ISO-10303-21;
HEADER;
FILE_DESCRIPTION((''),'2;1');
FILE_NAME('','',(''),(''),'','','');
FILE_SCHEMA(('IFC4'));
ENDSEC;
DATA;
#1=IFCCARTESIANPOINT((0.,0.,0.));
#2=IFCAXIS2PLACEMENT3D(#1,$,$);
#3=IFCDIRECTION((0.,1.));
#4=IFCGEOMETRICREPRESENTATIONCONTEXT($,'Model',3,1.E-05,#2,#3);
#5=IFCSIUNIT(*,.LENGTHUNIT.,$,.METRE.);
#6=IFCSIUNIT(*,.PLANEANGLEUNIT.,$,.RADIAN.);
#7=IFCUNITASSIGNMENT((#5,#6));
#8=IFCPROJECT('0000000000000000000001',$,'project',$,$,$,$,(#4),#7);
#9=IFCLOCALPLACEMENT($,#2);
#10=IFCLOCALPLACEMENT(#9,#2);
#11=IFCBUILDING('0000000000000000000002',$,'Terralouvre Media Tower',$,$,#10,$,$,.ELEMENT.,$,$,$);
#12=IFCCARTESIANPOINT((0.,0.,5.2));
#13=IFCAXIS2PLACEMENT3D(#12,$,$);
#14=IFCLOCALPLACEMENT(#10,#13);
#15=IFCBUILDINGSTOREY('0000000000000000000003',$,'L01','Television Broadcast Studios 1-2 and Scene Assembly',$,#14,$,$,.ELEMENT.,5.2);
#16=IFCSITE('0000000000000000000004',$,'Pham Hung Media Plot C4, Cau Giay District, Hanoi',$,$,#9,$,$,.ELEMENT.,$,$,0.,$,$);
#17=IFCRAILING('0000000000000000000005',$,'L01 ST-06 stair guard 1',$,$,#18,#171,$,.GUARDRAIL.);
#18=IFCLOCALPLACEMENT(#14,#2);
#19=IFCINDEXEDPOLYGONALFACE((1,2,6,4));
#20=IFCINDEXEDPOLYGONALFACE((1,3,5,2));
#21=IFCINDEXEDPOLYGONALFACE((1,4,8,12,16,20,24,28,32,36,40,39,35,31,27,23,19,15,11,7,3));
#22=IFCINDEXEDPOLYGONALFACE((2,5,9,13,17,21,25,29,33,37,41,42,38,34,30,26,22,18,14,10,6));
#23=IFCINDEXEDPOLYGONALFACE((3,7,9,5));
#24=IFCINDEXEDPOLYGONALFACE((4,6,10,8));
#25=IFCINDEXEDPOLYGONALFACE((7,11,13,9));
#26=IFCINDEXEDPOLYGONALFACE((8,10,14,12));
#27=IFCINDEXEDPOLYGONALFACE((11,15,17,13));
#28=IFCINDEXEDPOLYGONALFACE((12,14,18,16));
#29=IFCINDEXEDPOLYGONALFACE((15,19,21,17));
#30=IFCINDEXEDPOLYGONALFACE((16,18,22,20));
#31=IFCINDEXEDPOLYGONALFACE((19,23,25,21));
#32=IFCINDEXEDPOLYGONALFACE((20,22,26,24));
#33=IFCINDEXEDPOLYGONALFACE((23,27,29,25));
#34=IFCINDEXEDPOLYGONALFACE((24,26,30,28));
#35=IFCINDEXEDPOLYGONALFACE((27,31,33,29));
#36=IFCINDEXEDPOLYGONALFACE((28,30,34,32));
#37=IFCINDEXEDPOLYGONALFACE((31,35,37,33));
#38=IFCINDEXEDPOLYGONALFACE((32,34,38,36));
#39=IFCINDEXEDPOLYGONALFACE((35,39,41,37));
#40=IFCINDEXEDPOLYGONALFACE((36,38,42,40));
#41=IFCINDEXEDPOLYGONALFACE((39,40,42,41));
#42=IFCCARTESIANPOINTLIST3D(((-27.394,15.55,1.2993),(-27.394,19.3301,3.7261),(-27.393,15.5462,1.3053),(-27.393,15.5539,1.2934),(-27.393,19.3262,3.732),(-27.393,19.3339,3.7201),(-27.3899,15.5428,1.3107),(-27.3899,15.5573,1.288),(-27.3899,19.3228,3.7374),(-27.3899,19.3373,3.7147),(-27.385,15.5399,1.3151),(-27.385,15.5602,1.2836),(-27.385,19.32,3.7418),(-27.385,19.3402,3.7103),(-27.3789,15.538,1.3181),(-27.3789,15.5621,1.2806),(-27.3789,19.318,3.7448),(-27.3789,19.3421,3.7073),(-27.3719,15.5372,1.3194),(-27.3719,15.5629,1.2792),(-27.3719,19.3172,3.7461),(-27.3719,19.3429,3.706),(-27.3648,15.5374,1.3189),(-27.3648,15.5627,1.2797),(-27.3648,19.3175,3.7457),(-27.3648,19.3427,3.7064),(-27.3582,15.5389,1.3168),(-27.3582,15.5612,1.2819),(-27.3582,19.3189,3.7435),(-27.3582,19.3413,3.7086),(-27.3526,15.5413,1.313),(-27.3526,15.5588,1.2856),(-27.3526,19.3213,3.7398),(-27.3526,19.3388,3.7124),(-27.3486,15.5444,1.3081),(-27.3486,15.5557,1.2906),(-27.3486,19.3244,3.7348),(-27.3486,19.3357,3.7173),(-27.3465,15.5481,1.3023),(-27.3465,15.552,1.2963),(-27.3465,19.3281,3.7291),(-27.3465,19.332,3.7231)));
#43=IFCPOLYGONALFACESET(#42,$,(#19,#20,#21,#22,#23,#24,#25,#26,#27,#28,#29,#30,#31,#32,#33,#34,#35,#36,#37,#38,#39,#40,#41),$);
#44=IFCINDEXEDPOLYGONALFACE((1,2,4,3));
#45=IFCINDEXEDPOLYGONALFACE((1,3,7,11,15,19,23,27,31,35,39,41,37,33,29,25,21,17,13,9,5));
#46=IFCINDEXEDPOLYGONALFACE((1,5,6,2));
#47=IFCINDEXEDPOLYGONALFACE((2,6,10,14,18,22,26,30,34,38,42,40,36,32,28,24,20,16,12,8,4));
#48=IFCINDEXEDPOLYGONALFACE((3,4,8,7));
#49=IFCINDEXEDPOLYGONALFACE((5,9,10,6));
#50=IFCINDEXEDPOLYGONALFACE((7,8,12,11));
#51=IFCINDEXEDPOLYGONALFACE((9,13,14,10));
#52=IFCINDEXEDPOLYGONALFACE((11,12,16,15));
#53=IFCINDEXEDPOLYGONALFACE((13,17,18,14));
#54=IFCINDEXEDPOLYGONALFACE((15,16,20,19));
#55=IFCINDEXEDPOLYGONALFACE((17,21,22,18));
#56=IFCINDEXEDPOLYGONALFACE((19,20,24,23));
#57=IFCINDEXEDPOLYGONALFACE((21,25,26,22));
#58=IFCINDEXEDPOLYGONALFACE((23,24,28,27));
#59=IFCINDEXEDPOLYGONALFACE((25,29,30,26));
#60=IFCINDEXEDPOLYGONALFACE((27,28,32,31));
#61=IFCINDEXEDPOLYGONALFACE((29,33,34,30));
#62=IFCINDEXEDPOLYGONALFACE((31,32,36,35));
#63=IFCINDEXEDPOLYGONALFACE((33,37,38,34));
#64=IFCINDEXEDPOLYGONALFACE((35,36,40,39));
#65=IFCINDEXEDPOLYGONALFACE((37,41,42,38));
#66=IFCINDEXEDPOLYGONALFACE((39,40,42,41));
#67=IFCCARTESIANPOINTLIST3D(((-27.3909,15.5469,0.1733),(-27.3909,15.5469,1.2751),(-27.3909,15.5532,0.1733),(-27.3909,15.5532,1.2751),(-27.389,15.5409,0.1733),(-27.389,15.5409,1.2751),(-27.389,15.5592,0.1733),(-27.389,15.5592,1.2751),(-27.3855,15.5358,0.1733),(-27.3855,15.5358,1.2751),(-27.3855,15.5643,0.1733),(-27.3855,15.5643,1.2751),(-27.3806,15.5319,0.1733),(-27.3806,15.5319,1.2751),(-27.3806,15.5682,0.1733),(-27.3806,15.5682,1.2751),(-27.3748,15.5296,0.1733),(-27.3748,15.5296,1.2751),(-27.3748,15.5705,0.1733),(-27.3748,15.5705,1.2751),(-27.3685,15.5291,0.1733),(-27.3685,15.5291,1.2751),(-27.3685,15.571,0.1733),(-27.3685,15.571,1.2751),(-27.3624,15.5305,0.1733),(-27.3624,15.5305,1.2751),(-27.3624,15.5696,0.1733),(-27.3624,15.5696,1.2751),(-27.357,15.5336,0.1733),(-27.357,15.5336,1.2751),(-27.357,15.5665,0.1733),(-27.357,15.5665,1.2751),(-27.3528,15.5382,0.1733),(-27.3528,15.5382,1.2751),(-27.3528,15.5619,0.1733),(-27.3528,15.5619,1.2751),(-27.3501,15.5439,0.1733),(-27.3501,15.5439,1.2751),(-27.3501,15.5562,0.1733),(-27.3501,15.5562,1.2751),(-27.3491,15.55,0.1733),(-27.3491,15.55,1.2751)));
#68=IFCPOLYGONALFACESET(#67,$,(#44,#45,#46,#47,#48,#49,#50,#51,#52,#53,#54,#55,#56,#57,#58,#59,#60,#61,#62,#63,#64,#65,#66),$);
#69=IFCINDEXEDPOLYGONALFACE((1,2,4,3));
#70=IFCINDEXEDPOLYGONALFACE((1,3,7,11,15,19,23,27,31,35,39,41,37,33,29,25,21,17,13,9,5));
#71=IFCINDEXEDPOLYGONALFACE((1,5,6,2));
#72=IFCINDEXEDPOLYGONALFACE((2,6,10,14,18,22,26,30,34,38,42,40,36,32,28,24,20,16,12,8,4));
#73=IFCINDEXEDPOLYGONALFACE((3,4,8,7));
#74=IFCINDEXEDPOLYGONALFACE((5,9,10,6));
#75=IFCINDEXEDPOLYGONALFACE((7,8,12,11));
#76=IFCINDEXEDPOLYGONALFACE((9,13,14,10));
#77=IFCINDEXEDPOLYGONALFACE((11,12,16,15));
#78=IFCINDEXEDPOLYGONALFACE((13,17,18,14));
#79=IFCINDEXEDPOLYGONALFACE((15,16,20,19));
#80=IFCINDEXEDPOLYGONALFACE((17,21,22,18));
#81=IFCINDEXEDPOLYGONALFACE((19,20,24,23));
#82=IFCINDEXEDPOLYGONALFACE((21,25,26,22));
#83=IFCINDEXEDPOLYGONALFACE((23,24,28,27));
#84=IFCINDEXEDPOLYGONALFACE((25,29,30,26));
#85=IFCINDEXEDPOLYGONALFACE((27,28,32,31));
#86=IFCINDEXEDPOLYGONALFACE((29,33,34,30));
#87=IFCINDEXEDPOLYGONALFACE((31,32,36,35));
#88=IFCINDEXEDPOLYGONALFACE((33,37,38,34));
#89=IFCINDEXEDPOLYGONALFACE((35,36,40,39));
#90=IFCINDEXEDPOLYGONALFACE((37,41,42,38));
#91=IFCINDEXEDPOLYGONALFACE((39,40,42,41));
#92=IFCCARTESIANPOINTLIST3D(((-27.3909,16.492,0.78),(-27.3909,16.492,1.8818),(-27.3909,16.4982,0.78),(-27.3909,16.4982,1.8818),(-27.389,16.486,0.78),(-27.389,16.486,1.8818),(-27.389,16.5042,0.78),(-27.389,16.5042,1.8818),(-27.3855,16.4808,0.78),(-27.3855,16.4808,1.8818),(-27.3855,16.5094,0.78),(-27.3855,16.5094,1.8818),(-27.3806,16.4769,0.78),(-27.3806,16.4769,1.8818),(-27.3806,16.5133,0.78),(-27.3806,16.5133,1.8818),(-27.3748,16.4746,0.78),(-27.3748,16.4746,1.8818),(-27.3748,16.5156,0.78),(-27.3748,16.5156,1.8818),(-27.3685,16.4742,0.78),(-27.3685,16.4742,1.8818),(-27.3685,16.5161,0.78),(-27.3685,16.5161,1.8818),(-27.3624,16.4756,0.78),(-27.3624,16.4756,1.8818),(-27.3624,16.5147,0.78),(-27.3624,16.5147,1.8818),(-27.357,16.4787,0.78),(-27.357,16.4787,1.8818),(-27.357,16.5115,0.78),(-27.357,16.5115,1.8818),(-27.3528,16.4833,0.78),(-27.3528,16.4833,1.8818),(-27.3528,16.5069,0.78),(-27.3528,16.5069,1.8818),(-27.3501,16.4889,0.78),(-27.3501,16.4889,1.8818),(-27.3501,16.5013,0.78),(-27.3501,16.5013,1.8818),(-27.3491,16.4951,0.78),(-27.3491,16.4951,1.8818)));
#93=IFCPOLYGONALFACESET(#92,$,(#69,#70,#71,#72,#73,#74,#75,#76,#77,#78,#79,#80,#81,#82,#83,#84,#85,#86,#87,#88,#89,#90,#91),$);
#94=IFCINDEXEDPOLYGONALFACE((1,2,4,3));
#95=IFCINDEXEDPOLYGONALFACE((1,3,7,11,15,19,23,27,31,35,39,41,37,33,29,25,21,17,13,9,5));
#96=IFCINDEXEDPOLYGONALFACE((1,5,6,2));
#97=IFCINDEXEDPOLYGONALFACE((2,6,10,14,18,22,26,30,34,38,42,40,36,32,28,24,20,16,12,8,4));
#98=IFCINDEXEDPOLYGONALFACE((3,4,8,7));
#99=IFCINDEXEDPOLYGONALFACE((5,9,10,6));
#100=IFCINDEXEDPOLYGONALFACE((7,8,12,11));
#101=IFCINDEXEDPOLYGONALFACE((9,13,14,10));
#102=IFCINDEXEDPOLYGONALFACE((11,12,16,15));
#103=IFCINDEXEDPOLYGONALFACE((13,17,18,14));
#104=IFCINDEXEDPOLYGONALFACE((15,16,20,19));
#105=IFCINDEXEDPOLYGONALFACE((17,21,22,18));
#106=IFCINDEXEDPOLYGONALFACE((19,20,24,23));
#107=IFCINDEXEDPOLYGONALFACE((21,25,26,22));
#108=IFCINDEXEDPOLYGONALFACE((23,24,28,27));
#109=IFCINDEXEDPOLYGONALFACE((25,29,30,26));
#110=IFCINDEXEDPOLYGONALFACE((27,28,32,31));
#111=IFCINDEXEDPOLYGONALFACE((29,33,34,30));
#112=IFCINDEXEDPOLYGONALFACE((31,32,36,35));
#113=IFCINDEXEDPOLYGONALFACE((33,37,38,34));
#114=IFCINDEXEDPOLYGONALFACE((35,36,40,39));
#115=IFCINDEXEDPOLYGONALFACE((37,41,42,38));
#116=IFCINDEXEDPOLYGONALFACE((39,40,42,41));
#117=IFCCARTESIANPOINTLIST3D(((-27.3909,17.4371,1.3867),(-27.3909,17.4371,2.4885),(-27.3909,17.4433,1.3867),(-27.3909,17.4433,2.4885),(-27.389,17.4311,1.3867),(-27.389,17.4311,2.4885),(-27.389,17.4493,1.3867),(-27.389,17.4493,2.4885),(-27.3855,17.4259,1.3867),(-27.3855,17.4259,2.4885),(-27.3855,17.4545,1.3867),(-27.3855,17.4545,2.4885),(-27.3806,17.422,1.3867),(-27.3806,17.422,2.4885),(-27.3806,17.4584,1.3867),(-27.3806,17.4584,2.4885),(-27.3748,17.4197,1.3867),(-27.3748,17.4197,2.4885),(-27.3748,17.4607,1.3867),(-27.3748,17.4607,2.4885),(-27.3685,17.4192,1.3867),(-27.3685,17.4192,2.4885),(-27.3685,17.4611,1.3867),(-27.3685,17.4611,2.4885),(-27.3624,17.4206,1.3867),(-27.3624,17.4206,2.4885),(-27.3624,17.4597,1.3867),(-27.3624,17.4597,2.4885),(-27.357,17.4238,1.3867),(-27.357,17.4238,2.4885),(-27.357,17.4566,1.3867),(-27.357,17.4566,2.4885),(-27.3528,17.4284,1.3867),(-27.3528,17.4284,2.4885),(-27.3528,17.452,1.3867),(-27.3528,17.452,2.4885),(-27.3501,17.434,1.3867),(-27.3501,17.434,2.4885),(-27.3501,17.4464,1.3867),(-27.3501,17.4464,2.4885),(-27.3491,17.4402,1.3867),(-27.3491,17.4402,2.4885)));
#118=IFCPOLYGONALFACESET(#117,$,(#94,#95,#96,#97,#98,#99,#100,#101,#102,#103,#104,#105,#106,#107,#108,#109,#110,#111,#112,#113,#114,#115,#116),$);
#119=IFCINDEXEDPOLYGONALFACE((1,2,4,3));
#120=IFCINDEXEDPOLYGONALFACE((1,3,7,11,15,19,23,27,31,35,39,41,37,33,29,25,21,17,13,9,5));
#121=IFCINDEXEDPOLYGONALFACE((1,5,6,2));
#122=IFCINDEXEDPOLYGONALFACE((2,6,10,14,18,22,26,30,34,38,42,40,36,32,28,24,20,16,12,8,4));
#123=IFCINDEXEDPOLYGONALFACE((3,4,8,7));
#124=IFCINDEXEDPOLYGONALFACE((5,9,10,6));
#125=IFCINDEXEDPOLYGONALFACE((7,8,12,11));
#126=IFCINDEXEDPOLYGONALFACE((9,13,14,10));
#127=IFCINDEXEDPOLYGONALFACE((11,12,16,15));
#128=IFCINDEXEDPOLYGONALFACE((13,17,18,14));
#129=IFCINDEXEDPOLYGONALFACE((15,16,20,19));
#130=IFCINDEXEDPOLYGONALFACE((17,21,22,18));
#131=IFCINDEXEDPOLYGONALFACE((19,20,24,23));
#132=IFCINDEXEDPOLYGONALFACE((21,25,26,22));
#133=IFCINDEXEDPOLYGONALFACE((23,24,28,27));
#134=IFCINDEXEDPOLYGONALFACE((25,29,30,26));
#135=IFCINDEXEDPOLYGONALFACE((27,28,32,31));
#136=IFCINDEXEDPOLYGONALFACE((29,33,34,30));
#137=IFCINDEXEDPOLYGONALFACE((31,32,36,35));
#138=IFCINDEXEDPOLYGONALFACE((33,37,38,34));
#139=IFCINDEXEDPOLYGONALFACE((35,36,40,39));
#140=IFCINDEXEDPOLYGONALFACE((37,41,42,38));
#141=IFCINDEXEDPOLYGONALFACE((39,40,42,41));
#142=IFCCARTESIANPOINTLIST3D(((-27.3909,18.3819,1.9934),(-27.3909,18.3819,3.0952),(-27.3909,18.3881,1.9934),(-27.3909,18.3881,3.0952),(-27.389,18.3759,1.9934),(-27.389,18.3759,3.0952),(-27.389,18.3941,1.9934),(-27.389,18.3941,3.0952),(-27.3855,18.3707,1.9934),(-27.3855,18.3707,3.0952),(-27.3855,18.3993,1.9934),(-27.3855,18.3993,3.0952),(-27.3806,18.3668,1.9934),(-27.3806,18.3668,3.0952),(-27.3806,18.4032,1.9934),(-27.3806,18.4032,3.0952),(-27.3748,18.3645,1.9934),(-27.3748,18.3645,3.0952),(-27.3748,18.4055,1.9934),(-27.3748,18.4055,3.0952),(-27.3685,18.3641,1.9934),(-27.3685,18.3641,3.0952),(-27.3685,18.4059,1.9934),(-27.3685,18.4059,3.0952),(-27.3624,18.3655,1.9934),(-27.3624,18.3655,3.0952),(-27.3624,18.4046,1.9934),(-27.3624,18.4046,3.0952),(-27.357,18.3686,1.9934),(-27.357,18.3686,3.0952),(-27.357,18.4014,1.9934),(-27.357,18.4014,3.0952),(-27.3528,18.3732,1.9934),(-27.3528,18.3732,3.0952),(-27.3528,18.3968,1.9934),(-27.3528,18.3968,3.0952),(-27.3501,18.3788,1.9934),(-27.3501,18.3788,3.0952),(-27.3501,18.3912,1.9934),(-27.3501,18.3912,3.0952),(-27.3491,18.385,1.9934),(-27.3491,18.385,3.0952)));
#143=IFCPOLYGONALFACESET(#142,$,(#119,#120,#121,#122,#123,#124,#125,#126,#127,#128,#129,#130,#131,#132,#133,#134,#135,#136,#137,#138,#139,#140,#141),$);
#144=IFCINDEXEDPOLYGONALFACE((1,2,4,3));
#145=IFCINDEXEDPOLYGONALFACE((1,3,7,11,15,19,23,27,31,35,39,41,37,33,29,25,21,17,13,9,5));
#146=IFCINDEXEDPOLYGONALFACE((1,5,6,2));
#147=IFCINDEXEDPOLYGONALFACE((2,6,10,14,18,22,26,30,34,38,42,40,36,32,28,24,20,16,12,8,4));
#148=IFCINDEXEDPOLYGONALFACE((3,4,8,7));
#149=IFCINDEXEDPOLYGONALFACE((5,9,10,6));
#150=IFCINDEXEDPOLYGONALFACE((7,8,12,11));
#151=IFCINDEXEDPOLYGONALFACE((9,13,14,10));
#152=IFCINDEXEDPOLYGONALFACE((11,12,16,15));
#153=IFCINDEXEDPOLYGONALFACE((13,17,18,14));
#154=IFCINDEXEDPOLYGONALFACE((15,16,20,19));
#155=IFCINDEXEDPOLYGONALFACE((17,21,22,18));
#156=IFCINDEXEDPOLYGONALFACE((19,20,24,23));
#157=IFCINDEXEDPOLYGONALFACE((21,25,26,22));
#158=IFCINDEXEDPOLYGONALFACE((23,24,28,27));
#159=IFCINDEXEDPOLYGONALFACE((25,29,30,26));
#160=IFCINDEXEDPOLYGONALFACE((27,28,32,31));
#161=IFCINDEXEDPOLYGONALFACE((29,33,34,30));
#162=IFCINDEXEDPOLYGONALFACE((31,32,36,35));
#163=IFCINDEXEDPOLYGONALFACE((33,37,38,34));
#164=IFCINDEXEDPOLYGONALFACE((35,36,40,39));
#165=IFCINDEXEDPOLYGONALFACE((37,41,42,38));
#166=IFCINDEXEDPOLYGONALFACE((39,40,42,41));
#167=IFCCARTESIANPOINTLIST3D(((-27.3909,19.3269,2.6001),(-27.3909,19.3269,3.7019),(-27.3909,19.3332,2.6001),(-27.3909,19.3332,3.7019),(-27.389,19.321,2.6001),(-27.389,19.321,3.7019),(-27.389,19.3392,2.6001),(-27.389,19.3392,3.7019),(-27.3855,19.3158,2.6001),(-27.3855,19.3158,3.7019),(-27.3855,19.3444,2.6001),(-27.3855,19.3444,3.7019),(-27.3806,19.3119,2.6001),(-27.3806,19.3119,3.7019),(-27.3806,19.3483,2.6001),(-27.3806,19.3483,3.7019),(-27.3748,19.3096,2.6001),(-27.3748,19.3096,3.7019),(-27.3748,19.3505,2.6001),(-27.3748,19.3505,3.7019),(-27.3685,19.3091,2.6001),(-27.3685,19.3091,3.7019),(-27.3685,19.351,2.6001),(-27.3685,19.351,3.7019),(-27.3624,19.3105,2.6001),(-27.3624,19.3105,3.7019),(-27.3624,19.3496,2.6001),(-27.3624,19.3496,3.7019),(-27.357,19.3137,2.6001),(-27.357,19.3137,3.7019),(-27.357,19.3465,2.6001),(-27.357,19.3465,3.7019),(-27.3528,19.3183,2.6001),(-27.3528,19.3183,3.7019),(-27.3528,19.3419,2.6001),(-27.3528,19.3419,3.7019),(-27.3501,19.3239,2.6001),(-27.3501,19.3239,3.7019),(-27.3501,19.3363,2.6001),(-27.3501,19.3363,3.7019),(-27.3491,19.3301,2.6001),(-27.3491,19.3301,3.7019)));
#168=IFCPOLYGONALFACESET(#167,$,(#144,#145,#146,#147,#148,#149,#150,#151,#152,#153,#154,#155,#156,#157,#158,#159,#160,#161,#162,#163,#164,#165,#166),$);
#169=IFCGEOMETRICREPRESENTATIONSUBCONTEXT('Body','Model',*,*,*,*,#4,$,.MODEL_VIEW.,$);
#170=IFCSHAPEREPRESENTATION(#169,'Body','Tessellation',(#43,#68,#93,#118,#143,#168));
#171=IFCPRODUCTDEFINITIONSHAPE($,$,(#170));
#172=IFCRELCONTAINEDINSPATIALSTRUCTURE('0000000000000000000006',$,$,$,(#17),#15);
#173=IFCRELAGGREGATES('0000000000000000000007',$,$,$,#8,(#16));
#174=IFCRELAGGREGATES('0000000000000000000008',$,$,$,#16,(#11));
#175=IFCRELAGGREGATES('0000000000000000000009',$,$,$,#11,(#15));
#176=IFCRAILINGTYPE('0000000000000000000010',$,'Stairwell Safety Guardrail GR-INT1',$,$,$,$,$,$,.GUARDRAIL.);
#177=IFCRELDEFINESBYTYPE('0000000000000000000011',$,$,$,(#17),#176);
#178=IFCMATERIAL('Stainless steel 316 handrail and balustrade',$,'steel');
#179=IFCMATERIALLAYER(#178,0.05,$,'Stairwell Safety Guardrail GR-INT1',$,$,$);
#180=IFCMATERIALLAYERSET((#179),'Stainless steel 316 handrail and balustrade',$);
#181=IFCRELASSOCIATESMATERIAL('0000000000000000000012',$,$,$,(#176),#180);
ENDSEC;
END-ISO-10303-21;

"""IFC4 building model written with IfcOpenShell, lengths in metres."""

from ifc_helpers import new_model, si_unit, direction, frame, origin, origin_2d, place, context, subcontext, project, spatial, circle, extrude, material, layer, layer_set, type_object, element, save


model = new_model("IFC4")

# Units and contexts
model_context = context("Model", 3, precision=1e-05, world=origin(), true_north=direction((0.0, 1.0)))
body_context = subcontext(model_context, "Body", "Model", "MODEL_VIEW")
ifc_project = project(units=[si_unit("LENGTHUNIT", "METRE"), si_unit("PLANEANGLEUNIT", "RADIAN")], contexts=[model_context])

# Site, building, storey
site_placement = place(None, origin())
site = spatial("IfcSite", under=ifc_project, at=site_placement, Name="Pham Hung Media Plot C4, Cau Giay District, Hanoi", CompositionType="ELEMENT", RefElevation=0.0)
building_placement = place(site_placement, origin())
building = spatial("IfcBuilding", under=site, at=building_placement, Name="Terralouvre Media Tower", CompositionType="ELEMENT")
storey_placement = place(building_placement, frame((0.0, 0.0, 5.2)))
storey = spatial("IfcBuildingStorey", under=building, at=storey_placement, Name="L01", Description="Television Broadcast Studios 1-2 and Scene Assembly", CompositionType="ELEMENT", Elevation=5.2)

# Railing
ifc_material_1 = material(Name="Stainless steel 316 handrail and balustrade", Category="steel")
ifc_layer_1 = layer(ifc_material_1, 0.05, Name="Stairwell Safety Guardrail GR-INT1")
ifc_layer_set_1 = layer_set([ifc_layer_1], Name="Stainless steel 316 handrail and balustrade")
railing_type_1 = type_object("IfcRailingType", Name="Stairwell Safety Guardrail GR-INT1", PredefinedType="GUARDRAIL", material=ifc_layer_set_1)
railing_1_placement = place(storey_placement, frame((-27.3701, 15.55, 0.1733)))
element("IfcRailing", 1, at=railing_1_placement, inside=storey, type_object=railing_type_1, Name="L01 ST-06 stair guard 1", PredefinedType="GUARDRAIL", context=body_context, shape_type="SweptSolid", body=[
    extrude(circle(Radius=0.0239, at=origin_2d()), frame((0.0, 0.0, 1.126), z_axis=(0.0, 0.841509, 0.540244), x_axis=(-1.0, 0.0, 0.0)), (0.0, 0.0, 1.0), 4.4919),
    extrude(circle(Radius=0.021, at=origin_2d()), origin(), (0.0, 0.0, 1.0), 1.1018),
    extrude(circle(Radius=0.021, at=origin_2d()), frame((0.0, 0.9451, 0.6067)), (0.0, 0.0, 1.0), 1.1018),
    extrude(circle(Radius=0.021, at=origin_2d()), frame((0.0, 1.8901, 1.2134)), (0.0, 0.0, 1.0), 1.1018),
    extrude(circle(Radius=0.021, at=origin_2d()), frame((0.0, 2.835, 1.8201)), (0.0, 0.0, 1.0), 1.1018),
    extrude(circle(Radius=0.021, at=origin_2d()), frame((0.0, 3.78, 2.4268)), (0.0, 0.0, 1.0), 1.1018),
])

save(model, "model.ifc")
